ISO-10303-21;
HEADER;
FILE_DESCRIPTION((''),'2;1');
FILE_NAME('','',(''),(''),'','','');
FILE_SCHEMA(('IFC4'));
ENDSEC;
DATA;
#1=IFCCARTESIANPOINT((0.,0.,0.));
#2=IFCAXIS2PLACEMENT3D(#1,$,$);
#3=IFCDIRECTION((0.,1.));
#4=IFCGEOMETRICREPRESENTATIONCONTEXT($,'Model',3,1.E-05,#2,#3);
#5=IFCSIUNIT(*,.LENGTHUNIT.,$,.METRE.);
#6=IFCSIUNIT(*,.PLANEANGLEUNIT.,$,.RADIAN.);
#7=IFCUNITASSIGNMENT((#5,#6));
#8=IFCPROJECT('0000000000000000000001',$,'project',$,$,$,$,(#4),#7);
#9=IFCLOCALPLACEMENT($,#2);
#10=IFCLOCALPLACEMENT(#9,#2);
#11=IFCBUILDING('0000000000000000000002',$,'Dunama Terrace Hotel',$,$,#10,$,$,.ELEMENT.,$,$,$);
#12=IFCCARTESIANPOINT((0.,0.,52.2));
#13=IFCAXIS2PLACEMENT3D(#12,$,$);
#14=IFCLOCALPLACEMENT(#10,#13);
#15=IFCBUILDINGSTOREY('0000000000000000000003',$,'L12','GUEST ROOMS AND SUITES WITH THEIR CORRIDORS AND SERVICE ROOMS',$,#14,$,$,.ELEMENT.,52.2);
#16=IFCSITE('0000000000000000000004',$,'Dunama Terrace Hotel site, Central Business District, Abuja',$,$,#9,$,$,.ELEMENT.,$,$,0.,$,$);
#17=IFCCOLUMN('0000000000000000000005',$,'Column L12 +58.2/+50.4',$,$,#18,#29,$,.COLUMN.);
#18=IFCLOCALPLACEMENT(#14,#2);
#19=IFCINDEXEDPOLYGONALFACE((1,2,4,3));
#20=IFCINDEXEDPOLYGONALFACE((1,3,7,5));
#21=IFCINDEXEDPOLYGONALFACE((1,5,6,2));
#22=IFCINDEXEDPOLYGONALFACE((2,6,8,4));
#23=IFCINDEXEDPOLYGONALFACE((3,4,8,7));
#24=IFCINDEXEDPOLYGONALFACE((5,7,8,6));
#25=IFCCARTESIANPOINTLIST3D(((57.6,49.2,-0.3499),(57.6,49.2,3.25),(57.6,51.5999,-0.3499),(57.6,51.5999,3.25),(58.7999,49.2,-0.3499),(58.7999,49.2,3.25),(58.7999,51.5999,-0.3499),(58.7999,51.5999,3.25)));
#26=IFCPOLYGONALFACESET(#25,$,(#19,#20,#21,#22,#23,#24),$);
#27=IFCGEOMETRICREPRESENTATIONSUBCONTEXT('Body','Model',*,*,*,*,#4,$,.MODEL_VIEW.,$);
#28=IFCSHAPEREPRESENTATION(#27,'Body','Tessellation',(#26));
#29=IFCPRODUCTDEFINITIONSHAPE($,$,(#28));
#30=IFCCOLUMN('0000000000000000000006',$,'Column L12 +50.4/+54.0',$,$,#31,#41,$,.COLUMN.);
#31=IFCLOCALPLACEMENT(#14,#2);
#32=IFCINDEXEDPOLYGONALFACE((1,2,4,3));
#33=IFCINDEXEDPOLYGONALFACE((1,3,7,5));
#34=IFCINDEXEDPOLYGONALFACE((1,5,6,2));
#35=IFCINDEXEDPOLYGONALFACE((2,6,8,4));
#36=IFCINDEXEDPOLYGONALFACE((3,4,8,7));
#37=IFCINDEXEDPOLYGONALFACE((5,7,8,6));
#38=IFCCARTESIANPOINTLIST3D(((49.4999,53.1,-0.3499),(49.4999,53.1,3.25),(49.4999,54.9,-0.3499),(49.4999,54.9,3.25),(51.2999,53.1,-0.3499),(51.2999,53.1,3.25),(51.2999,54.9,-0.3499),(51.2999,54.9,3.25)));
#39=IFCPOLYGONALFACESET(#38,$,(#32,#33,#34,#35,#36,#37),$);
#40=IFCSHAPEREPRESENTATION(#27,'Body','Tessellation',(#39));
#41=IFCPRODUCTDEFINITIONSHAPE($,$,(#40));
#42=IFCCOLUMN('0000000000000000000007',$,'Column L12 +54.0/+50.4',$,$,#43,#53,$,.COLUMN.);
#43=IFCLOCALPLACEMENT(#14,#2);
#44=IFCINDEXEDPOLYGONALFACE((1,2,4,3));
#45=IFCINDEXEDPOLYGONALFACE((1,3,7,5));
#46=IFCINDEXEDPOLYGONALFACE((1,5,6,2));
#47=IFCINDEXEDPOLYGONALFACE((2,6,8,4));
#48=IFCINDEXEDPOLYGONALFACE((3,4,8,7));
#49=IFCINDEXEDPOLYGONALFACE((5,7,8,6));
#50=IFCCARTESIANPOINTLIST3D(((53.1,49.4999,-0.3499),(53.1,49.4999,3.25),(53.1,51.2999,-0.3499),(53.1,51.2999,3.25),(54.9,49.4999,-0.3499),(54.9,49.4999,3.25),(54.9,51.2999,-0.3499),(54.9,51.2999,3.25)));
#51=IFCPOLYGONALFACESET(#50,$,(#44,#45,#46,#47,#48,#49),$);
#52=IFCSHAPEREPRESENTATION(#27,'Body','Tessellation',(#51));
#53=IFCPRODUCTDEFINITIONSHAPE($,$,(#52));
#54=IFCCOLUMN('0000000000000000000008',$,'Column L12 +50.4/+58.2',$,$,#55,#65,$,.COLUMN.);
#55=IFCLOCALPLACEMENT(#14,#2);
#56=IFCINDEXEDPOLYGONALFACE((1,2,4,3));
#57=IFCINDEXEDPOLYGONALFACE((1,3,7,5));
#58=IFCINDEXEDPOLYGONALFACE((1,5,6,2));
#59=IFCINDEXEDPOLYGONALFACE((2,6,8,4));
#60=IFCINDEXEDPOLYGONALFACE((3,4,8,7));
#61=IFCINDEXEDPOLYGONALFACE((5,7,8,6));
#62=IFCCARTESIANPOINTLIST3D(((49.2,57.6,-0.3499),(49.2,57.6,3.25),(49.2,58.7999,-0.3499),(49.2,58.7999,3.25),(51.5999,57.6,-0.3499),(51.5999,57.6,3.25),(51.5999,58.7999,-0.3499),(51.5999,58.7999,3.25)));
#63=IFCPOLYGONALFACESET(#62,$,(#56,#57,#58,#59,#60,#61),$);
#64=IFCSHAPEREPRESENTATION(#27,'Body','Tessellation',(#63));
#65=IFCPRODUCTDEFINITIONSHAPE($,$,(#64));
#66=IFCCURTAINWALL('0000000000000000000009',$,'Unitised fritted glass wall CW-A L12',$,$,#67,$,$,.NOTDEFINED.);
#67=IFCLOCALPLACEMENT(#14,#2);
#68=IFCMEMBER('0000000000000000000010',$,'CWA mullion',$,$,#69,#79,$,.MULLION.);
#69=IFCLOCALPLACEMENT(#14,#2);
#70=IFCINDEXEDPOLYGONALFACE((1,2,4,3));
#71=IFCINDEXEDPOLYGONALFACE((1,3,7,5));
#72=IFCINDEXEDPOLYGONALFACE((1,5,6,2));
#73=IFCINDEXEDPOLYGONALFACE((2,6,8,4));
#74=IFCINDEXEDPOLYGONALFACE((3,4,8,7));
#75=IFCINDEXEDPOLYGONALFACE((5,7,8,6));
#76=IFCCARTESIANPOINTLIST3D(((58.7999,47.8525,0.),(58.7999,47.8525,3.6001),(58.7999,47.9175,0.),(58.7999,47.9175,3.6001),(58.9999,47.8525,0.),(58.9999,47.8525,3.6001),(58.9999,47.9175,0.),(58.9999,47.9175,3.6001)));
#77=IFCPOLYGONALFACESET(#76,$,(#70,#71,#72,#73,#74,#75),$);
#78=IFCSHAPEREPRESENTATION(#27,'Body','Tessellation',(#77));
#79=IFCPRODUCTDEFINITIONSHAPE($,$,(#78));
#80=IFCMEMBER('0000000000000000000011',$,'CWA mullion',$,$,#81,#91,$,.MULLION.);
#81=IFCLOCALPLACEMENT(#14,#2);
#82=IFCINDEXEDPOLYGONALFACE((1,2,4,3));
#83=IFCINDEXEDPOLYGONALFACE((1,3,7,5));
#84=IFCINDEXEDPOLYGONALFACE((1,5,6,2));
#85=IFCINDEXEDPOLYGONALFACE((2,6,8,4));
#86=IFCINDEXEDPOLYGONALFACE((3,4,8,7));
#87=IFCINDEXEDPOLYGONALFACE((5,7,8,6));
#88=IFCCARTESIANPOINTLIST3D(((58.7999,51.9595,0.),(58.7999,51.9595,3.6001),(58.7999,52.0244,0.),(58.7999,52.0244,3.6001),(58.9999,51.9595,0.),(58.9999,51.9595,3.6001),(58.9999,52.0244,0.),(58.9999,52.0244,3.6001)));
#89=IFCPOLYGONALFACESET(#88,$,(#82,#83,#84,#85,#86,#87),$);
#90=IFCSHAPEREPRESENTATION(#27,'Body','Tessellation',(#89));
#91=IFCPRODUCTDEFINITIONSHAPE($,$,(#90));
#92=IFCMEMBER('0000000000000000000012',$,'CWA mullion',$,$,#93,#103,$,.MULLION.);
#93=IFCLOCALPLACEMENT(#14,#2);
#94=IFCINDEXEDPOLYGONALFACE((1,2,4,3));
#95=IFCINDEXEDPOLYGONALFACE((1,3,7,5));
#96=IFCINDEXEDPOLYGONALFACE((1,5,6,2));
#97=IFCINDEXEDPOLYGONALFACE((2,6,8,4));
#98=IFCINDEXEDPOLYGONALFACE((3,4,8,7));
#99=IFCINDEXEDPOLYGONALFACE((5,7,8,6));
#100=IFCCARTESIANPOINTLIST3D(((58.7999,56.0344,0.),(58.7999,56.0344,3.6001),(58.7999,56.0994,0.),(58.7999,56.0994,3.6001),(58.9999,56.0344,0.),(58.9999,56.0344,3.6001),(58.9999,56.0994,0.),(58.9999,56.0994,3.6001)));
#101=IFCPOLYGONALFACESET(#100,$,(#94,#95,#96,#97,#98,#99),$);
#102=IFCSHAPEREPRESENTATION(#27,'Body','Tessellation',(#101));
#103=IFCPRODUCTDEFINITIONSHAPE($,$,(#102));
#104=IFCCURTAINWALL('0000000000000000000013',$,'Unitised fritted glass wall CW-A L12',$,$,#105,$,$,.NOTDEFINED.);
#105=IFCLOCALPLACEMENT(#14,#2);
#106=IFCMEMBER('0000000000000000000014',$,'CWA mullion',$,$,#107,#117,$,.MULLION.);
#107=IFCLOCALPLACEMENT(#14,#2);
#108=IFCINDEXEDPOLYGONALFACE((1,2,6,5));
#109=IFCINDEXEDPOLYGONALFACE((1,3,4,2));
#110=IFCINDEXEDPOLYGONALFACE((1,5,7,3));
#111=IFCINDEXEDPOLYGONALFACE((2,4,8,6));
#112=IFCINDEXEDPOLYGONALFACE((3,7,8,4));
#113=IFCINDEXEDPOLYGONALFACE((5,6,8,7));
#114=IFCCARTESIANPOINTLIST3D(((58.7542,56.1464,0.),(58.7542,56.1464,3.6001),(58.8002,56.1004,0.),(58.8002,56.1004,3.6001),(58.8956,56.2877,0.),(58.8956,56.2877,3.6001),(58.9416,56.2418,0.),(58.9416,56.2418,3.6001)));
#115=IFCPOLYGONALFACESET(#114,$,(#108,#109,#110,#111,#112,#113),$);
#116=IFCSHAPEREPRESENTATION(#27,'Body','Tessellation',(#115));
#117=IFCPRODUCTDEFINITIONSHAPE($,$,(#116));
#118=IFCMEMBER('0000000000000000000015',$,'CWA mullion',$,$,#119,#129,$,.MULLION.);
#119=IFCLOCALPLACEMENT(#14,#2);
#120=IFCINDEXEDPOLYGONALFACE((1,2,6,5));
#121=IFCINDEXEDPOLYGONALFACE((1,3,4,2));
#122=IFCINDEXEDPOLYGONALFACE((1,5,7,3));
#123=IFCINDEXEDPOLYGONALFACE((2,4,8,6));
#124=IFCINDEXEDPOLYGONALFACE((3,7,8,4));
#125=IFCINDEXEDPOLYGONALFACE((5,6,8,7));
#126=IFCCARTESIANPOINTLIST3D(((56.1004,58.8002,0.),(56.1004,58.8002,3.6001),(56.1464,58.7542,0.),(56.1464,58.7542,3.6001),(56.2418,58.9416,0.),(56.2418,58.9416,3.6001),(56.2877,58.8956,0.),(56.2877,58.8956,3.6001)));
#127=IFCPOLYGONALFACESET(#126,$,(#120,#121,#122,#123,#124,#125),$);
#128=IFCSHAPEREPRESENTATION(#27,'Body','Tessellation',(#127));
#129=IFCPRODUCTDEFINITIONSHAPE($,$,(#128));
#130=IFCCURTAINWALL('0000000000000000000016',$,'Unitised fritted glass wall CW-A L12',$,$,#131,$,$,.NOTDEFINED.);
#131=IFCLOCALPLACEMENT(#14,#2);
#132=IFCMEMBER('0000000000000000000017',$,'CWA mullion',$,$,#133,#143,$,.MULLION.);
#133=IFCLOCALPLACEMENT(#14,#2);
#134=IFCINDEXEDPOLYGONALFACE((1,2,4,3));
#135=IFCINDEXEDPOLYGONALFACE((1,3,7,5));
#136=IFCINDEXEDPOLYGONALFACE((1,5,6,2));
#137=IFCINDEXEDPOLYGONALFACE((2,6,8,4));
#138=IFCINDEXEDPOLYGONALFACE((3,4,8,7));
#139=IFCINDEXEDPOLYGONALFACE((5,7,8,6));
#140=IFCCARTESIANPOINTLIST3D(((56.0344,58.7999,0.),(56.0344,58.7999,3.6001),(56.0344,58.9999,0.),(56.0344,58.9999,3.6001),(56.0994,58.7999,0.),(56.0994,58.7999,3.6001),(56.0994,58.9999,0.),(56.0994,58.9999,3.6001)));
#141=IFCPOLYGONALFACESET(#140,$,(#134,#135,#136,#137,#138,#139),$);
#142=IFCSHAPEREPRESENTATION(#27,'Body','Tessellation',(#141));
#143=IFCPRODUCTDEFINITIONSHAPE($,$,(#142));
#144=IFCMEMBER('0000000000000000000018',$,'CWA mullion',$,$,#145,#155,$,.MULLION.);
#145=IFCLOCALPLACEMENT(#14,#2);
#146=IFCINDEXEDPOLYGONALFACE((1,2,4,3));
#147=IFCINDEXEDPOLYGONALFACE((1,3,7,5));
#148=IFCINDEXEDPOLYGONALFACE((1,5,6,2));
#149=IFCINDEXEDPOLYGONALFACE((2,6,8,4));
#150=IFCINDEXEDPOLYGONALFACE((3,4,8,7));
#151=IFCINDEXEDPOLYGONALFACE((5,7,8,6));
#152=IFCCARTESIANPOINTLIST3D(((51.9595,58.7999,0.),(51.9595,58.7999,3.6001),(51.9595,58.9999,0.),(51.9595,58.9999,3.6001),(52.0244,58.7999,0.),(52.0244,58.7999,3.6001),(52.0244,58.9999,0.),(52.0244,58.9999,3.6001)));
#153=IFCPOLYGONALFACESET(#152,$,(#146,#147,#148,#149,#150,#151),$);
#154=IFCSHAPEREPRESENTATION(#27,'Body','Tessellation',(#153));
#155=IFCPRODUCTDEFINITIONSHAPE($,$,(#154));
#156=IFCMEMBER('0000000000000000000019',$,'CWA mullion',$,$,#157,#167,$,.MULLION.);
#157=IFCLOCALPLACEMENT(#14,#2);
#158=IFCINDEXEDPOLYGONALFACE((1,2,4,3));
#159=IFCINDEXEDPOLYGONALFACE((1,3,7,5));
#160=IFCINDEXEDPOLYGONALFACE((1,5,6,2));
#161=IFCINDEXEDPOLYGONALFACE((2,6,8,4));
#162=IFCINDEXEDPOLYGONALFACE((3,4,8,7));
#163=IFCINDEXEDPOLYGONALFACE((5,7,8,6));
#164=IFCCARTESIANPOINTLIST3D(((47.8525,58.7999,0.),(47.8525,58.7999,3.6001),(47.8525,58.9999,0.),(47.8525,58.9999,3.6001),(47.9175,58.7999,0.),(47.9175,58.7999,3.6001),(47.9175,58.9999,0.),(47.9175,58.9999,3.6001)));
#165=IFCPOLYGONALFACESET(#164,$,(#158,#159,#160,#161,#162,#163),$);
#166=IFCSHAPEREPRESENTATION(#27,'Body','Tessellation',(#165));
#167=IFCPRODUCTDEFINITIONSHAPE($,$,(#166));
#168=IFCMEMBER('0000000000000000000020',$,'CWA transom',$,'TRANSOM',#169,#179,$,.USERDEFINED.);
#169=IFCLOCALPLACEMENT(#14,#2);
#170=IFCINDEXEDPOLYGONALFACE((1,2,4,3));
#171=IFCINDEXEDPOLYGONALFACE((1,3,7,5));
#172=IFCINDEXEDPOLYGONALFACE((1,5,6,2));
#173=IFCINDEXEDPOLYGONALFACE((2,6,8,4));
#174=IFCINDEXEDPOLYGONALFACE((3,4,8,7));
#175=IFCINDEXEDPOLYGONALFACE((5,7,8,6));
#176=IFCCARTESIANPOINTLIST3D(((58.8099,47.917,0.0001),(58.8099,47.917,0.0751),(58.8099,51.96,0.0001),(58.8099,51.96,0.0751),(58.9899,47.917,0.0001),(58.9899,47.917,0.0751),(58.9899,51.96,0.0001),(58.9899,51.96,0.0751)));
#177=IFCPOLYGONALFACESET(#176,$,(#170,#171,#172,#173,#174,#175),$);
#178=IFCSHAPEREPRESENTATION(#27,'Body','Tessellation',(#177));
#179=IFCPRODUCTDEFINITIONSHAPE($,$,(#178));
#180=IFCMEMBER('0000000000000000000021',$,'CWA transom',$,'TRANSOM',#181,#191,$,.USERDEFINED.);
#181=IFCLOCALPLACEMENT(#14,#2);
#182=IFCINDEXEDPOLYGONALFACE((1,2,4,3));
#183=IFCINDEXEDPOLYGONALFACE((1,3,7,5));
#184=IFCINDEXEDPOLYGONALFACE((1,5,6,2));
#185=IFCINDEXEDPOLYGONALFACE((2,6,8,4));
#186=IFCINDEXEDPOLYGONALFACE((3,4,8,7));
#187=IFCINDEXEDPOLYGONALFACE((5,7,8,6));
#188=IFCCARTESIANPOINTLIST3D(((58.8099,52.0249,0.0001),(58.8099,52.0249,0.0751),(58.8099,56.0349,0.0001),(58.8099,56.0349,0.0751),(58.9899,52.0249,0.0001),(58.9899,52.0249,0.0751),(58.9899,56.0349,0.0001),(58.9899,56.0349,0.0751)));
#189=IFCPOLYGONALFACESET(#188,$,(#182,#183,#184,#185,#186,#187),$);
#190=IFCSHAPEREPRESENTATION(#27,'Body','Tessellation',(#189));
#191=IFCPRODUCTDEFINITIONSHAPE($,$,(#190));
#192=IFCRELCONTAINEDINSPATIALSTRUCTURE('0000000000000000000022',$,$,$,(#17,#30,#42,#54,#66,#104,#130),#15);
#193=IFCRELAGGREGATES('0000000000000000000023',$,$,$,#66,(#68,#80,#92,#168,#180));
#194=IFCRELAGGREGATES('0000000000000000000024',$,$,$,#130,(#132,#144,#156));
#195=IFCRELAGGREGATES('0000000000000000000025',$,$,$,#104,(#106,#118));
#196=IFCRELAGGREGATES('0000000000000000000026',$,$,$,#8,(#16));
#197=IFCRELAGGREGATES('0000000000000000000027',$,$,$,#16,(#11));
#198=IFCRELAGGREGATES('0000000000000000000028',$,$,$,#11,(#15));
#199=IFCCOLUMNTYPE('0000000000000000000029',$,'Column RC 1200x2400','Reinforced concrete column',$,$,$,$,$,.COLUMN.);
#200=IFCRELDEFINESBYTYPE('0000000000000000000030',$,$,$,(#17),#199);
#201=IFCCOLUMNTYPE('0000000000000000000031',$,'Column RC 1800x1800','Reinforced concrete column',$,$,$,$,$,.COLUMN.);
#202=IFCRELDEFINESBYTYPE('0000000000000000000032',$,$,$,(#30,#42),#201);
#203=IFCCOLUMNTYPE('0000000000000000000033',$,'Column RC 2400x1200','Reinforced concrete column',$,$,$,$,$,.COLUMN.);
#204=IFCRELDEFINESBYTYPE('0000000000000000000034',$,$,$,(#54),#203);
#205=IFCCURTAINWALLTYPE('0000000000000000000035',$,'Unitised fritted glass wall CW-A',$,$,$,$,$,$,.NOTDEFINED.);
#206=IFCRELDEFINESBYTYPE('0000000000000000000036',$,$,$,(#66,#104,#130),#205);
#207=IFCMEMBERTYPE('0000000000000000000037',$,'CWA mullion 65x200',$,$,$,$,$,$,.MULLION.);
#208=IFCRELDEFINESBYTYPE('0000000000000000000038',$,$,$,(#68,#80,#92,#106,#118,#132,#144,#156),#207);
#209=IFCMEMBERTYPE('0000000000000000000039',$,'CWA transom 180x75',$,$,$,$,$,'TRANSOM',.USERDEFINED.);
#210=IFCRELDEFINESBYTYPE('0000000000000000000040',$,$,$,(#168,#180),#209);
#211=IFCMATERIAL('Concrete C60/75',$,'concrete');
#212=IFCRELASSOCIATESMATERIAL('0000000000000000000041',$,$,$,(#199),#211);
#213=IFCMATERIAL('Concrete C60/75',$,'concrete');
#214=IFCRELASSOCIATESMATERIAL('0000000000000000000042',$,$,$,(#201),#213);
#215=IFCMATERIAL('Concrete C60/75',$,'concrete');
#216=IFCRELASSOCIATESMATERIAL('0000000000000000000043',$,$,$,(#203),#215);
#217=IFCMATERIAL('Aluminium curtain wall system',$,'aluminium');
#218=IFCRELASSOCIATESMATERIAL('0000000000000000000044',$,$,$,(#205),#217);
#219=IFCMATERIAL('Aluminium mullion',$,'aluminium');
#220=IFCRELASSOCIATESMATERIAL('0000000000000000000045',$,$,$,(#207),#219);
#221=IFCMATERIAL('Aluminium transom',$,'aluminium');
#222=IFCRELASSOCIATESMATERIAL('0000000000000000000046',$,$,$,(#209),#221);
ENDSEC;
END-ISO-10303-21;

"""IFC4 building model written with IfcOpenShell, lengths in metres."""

from ifc_helpers import new_model, si_unit, direction, frame, origin, origin_2d, place, context, subcontext, project, spatial, rectangle, extrude, material, material_profile, profile_set, type_object, element, aggregate, save


model = new_model("IFC4")

# Units and contexts
model_context = context("Model", 3, precision=1e-05, world=origin(), true_north=direction((0.0, 1.0)))
body_context = subcontext(model_context, "Body", "Model", "MODEL_VIEW")
ifc_project = project(units=[si_unit("LENGTHUNIT", "METRE"), si_unit("PLANEANGLEUNIT", "RADIAN")], contexts=[model_context])

# Site, building, storey
site_placement = place(None, origin())
site = spatial("IfcSite", under=ifc_project, at=site_placement, Name="Dunama Terrace Hotel site, Central Business District, Abuja", CompositionType="ELEMENT", RefElevation=0.0)
building_placement = place(site_placement, origin())
building = spatial("IfcBuilding", under=site, at=building_placement, Name="Dunama Terrace Hotel", CompositionType="ELEMENT")
storey_placement = place(building_placement, frame((0.0, 0.0, 52.2)))
storey = spatial("IfcBuildingStorey", under=building, at=storey_placement, Name="L12", Description="GUEST ROOMS AND SUITES WITH THEIR CORRIDORS AND SERVICE ROOMS", CompositionType="ELEMENT", Elevation=52.2)

# Columns
ifc_material_1 = material(Name="Concrete C60/75", Category="concrete")
ifc_material_profile_1 = material_profile(ifc_material_1, rectangle(XDim=1.2, YDim=2.3999, at=origin_2d()), Name="RC 1200x2400")
ifc_profile_set_1 = profile_set([ifc_material_profile_1], Name="Concrete C60/75")
column_type_1 = type_object("IfcColumnType", Name="Column RC 1200x2400", Description="Reinforced concrete column", PredefinedType="COLUMN", material=ifc_profile_set_1)
column_1_placement = place(storey_placement, frame((58.2, 50.3999, -0.3499), z_axis=(0.0, 0.0, 1.0), x_axis=(1.0, 0.0, 0.0)))
element("IfcColumn", 1, at=column_1_placement, inside=storey, type_object=column_type_1, Name="Column L12 +58.2/+50.4", PredefinedType="COLUMN", context=body_context, shape_type="SweptSolid", body=[
    extrude(rectangle(XDim=1.2, YDim=2.3999, at=origin_2d()), origin(), (0.0, 0.0, 1.0), 3.5999),
])
ifc_material_2 = material(Name="Concrete C60/75", Category="concrete")
ifc_material_profile_2 = material_profile(ifc_material_2, rectangle(XDim=1.8, YDim=1.8, at=origin_2d()), Name="RC 1800x1800")
ifc_profile_set_2 = profile_set([ifc_material_profile_2], Name="Concrete C60/75")
column_type_2 = type_object("IfcColumnType", Name="Column RC 1800x1800", Description="Reinforced concrete column", PredefinedType="COLUMN", material=ifc_profile_set_2)
for number, where, z_axis, x_axis, name in (
    (2, (50.3999, 54.0, -0.3499), (0.0, 0.0, 1.0), (1.0, 0.0, 0.0), "Column L12 +50.4/+54.0"),
    (3, (54.0, 50.3999, -0.3499), (0.0, 0.0, 1.0), (1.0, 0.0, 0.0), "Column L12 +54.0/+50.4"),
):
    element("IfcColumn", number, at=place(storey_placement, frame(where, z_axis=z_axis, x_axis=x_axis)), inside=storey, type_object=column_type_2, Name=name, PredefinedType="COLUMN", context=body_context, shape_type="SweptSolid", body=[
        extrude(rectangle(XDim=1.8, YDim=1.8, at=origin_2d()), origin(), (0.0, 0.0, 1.0), 3.5999),
    ])
ifc_material_3 = material(Name="Concrete C60/75", Category="concrete")
ifc_material_profile_3 = material_profile(ifc_material_3, rectangle(XDim=2.3999, YDim=1.2, at=origin_2d()), Name="RC 2400x1200")
ifc_profile_set_3 = profile_set([ifc_material_profile_3], Name="Concrete C60/75")
column_type_3 = type_object("IfcColumnType", Name="Column RC 2400x1200", Description="Reinforced concrete column", PredefinedType="COLUMN", material=ifc_profile_set_3)
column_2_placement = place(storey_placement, frame((50.3999, 58.2, -0.3499), z_axis=(0.0, 0.0, 1.0), x_axis=(1.0, 0.0, 0.0)))
element("IfcColumn", 4, at=column_2_placement, inside=storey, type_object=column_type_3, Name="Column L12 +50.4/+58.2", PredefinedType="COLUMN", context=body_context, shape_type="SweptSolid", body=[
    extrude(rectangle(XDim=2.3999, YDim=1.2, at=origin_2d()), origin(), (0.0, 0.0, 1.0), 3.5999),
])

# Curtain walls, members
ifc_material_4 = material(Name="Aluminium curtain wall system", Category="aluminium")
curtain_wall_type = type_object("IfcCurtainWallType", Name="Unitised fritted glass wall CW-A", PredefinedType="NOTDEFINED", material=ifc_material_4)
curtain_wall_1_placement = place(storey_placement, origin())
curtain_wall_1 = element("IfcCurtainWall", 5, at=curtain_wall_1_placement, inside=storey, type_object=curtain_wall_type, Name="Unitised fritted glass wall CW-A L12", PredefinedType="NOTDEFINED")
ifc_material_5 = material(Name="Aluminium mullion", Category="aluminium")
ifc_material_profile_4 = material_profile(ifc_material_5, rectangle(XDim=0.0649, YDim=0.2, at=origin_2d()), Name="CWA MULLION 65X200")
ifc_profile_set_4 = profile_set([ifc_material_profile_4], Name="Aluminium mullion")
member_type_1 = type_object("IfcMemberType", Name="CWA mullion 65x200", PredefinedType="MULLION", material=ifc_profile_set_4)
member_1_placement = place(storey_placement, frame((58.8999, 47.885, 0.0), z_axis=(0.0, 0.0, 1.0), x_axis=(0.0, 1.0, 0.0)))
member_1 = element("IfcMember", 6, at=member_1_placement, type_object=member_type_1, Name="CWA mullion", PredefinedType="MULLION", context=body_context, shape_type="SweptSolid", body=[
    extrude(rectangle(XDim=0.0649, YDim=0.2, at=origin_2d()), origin(), (0.0, 0.0, 1.0), 3.6001),
])
member_2_placement = place(storey_placement, frame((58.8999, 51.9919, 0.0), z_axis=(0.0, 0.0, 1.0), x_axis=(0.0, 1.0, 0.0)))
member_2 = element("IfcMember", 7, at=member_2_placement, type_object=member_type_1, Name="CWA mullion", PredefinedType="MULLION", context=body_context, shape_type="SweptSolid", body=[
    extrude(rectangle(XDim=0.0649, YDim=0.2, at=origin_2d()), origin(), (0.0, 0.0, 1.0), 3.6001),
])
member_3_placement = place(storey_placement, frame((58.8999, 56.0669, 0.0), z_axis=(0.0, 0.0, 1.0), x_axis=(0.0, 1.0, 0.0)))
member_3 = element("IfcMember", 8, at=member_3_placement, type_object=member_type_1, Name="CWA mullion", PredefinedType="MULLION", context=body_context, shape_type="SweptSolid", body=[
    extrude(rectangle(XDim=0.0649, YDim=0.2, at=origin_2d()), origin(), (0.0, 0.0, 1.0), 3.6001),
])
curtain_wall_2_placement = place(storey_placement, origin())
curtain_wall_2 = element("IfcCurtainWall", 9, at=curtain_wall_2_placement, inside=storey, type_object=curtain_wall_type, Name="Unitised fritted glass wall CW-A L12", PredefinedType="NOTDEFINED")
member_4_placement = place(storey_placement, frame((58.8479, 56.1941, 0.0), z_axis=(0.0, 0.0, 1.0), x_axis=(-0.707107, 0.707107, 0.0)))
member_4 = element("IfcMember", 10, at=member_4_placement, type_object=member_type_1, Name="CWA mullion", PredefinedType="MULLION", context=body_context, shape_type="SweptSolid", body=[
    extrude(rectangle(XDim=0.0649, YDim=0.2, at=origin_2d()), origin(), (0.0, 0.0, 1.0), 3.6001),
])
member_5_placement = place(storey_placement, frame((56.1941, 58.8479, 0.0), z_axis=(0.0, 0.0, 1.0), x_axis=(-0.707107, 0.707107, 0.0)))
member_5 = element("IfcMember", 11, at=member_5_placement, type_object=member_type_1, Name="CWA mullion", PredefinedType="MULLION", context=body_context, shape_type="SweptSolid", body=[
    extrude(rectangle(XDim=0.0649, YDim=0.2, at=origin_2d()), origin(), (0.0, 0.0, 1.0), 3.6001),
])
curtain_wall_3_placement = place(storey_placement, origin())
curtain_wall_3 = element("IfcCurtainWall", 12, at=curtain_wall_3_placement, inside=storey, type_object=curtain_wall_type, Name="Unitised fritted glass wall CW-A L12", PredefinedType="NOTDEFINED")
member_6_placement = place(storey_placement, frame((56.0669, 58.8999, 0.0), z_axis=(0.0, 0.0, 1.0), x_axis=(-1.0, 0.0, 0.0)))
member_6 = element("IfcMember", 13, at=member_6_placement, type_object=member_type_1, Name="CWA mullion", PredefinedType="MULLION", context=body_context, shape_type="SweptSolid", body=[
    extrude(rectangle(XDim=0.0649, YDim=0.2, at=origin_2d()), origin(), (0.0, 0.0, 1.0), 3.6001),
])
member_7_placement = place(storey_placement, frame((51.9919, 58.8999, 0.0), z_axis=(0.0, 0.0, 1.0), x_axis=(-1.0, 0.0, 0.0)))
member_7 = element("IfcMember", 14, at=member_7_placement, type_object=member_type_1, Name="CWA mullion", PredefinedType="MULLION", context=body_context, shape_type="SweptSolid", body=[
    extrude(rectangle(XDim=0.0649, YDim=0.2, at=origin_2d()), origin(), (0.0, 0.0, 1.0), 3.6001),
])
member_8_placement = place(storey_placement, frame((47.885, 58.8999, 0.0), z_axis=(0.0, 0.0, 1.0), x_axis=(-1.0, 0.0, 0.0)))
member_8 = element("IfcMember", 15, at=member_8_placement, type_object=member_type_1, Name="CWA mullion", PredefinedType="MULLION", context=body_context, shape_type="SweptSolid", body=[
    extrude(rectangle(XDim=0.0649, YDim=0.2, at=origin_2d()), origin(), (0.0, 0.0, 1.0), 3.6001),
])

# Members
ifc_material_6 = material(Name="Aluminium transom", Category="aluminium")
ifc_material_profile_5 = material_profile(ifc_material_6, rectangle(XDim=0.1799, YDim=0.075, at=origin_2d()), Name="CWA TRANSOM 180X75")
ifc_profile_set_5 = profile_set([ifc_material_profile_5], Name="Aluminium transom")
member_type_2 = type_object("IfcMemberType", Name="CWA transom 180x75", ElementType="TRANSOM", PredefinedType="USERDEFINED", material=ifc_profile_set_5)
member_9_placement = place(storey_placement, frame((58.8999, 47.917, 0.0376), z_axis=(0.0, 1.0, 0.0), x_axis=(-1.0, 0.0, 0.0)))
member_9 = element("IfcMember", 16, at=member_9_placement, type_object=member_type_2, Name="CWA transom", ObjectType="TRANSOM", PredefinedType="USERDEFINED", context=body_context, shape_type="SweptSolid", body=[
    extrude(rectangle(XDim=0.1799, YDim=0.075, at=origin_2d()), origin(), (0.0, 0.0, 1.0), 4.043),
])
member_10_placement = place(storey_placement, frame((58.8999, 52.0249, 0.0376), z_axis=(0.0, 1.0, 0.0), x_axis=(-1.0, 0.0, 0.0)))
member_10 = element("IfcMember", 17, at=member_10_placement, type_object=member_type_2, Name="CWA transom", ObjectType="TRANSOM", PredefinedType="USERDEFINED", context=body_context, shape_type="SweptSolid", body=[
    extrude(rectangle(XDim=0.1799, YDim=0.075, at=origin_2d()), origin(), (0.0, 0.0, 1.0), 4.01),
])

aggregate(curtain_wall_1, [member_1, member_2, member_3, member_9, member_10])
aggregate(curtain_wall_3, [member_6, member_7, member_8])
aggregate(curtain_wall_2, [member_4, member_5])

save(model, "model.ifc")
